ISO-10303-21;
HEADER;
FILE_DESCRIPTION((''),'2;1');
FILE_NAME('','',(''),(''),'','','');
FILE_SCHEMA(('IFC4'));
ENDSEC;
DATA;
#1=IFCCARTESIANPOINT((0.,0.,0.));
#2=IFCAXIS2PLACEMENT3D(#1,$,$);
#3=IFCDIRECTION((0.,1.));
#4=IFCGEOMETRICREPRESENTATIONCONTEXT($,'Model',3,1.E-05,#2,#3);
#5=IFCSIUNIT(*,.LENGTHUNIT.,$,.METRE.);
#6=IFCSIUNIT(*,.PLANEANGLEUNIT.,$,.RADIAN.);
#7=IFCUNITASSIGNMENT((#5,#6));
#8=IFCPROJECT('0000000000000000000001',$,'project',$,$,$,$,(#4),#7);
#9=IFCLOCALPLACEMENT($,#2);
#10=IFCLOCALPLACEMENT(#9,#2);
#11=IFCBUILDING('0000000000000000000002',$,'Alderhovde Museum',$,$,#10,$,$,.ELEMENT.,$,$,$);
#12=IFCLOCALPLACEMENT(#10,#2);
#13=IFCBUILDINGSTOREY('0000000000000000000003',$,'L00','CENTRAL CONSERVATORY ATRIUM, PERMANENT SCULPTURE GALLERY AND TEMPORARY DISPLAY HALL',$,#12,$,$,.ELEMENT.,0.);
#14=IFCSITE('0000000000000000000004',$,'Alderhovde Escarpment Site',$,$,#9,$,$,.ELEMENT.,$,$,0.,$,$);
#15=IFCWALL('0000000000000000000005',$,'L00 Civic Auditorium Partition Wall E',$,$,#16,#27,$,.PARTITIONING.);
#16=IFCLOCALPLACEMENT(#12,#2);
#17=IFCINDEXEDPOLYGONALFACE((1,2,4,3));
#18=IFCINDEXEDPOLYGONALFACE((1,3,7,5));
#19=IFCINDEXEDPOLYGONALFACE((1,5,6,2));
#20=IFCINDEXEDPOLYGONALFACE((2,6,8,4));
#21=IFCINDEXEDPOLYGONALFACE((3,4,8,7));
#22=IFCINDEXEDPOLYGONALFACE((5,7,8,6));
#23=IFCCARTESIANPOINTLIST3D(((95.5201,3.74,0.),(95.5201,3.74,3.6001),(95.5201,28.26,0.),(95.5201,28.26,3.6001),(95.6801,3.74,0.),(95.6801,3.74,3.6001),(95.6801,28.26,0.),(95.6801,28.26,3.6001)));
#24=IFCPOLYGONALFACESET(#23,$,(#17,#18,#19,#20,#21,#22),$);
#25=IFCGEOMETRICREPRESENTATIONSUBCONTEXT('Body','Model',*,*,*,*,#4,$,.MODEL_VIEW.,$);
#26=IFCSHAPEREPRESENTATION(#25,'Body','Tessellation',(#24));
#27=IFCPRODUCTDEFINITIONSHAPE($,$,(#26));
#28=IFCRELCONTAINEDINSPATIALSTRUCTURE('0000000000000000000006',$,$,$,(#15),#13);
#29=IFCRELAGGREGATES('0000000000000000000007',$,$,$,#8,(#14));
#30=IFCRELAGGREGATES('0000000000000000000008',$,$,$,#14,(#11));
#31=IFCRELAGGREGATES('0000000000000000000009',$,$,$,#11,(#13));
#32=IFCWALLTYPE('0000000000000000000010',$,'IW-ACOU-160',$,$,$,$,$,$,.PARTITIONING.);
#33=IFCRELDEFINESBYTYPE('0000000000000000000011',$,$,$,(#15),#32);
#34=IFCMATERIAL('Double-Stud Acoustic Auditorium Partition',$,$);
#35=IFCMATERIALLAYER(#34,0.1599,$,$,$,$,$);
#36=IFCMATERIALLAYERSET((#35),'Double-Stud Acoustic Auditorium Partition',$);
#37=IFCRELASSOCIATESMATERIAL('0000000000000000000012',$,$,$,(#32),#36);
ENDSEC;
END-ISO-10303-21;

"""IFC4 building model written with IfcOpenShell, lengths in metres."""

from ifc_helpers import new_model, si_unit, direction, frame, frame_2d, origin, place, context, subcontext, project, spatial, rectangle, extrude, material, layer, layer_set, type_object, element, save


model = new_model("IFC4")

# Units and contexts
model_context = context("Model", 3, precision=1e-05, world=origin(), true_north=direction((0.0, 1.0)))
body_context = subcontext(model_context, "Body", "Model", "MODEL_VIEW")
ifc_project = project(units=[si_unit("LENGTHUNIT", "METRE"), si_unit("PLANEANGLEUNIT", "RADIAN")], contexts=[model_context])

# Site, building, storey
site_placement = place(None, origin())
site = spatial("IfcSite", under=ifc_project, at=site_placement, Name="Alderhovde Escarpment Site", CompositionType="ELEMENT", RefElevation=0.0)
building_placement = place(site_placement, origin())
building = spatial("IfcBuilding", under=site, at=building_placement, Name="Alderhovde Museum", CompositionType="ELEMENT")
storey_placement = place(building_placement, origin())
storey = spatial("IfcBuildingStorey", under=building, at=storey_placement, Name="L00", Description="CENTRAL CONSERVATORY ATRIUM, PERMANENT SCULPTURE GALLERY AND TEMPORARY DISPLAY HALL", CompositionType="ELEMENT", Elevation=0.0)

# Wall
ifc_material_1 = material(Name="Double-Stud Acoustic Auditorium Partition")
ifc_layer_1 = layer(ifc_material_1, 0.1599)
ifc_layer_set_1 = layer_set([ifc_layer_1], Name="Double-Stud Acoustic Auditorium Partition")
wall_type_1 = type_object("IfcWallType", Name="IW-ACOU-160", PredefinedType="PARTITIONING", material=ifc_layer_set_1)
for number, where, z_axis, x_axis, name in (
    (1, (95.6001, 3.74, 0.0), (0.0, 0.0, 1.0), (0.0, 1.0, 0.0), "L00 Civic Auditorium Partition Wall E"),
):
    element("IfcWall", number, at=place(storey_placement, frame(where, z_axis=z_axis, x_axis=x_axis)), inside=storey, type_object=wall_type_1, Name=name, PredefinedType="PARTITIONING", context=body_context, shape_type="SweptSolid", body=[
        extrude(rectangle(XDim=24.52, YDim=0.1599, at=frame_2d((12.26, 0.0))), origin(), (0.0, 0.0, 1.0), 3.6001),
    ])

save(model, "model.ifc")
